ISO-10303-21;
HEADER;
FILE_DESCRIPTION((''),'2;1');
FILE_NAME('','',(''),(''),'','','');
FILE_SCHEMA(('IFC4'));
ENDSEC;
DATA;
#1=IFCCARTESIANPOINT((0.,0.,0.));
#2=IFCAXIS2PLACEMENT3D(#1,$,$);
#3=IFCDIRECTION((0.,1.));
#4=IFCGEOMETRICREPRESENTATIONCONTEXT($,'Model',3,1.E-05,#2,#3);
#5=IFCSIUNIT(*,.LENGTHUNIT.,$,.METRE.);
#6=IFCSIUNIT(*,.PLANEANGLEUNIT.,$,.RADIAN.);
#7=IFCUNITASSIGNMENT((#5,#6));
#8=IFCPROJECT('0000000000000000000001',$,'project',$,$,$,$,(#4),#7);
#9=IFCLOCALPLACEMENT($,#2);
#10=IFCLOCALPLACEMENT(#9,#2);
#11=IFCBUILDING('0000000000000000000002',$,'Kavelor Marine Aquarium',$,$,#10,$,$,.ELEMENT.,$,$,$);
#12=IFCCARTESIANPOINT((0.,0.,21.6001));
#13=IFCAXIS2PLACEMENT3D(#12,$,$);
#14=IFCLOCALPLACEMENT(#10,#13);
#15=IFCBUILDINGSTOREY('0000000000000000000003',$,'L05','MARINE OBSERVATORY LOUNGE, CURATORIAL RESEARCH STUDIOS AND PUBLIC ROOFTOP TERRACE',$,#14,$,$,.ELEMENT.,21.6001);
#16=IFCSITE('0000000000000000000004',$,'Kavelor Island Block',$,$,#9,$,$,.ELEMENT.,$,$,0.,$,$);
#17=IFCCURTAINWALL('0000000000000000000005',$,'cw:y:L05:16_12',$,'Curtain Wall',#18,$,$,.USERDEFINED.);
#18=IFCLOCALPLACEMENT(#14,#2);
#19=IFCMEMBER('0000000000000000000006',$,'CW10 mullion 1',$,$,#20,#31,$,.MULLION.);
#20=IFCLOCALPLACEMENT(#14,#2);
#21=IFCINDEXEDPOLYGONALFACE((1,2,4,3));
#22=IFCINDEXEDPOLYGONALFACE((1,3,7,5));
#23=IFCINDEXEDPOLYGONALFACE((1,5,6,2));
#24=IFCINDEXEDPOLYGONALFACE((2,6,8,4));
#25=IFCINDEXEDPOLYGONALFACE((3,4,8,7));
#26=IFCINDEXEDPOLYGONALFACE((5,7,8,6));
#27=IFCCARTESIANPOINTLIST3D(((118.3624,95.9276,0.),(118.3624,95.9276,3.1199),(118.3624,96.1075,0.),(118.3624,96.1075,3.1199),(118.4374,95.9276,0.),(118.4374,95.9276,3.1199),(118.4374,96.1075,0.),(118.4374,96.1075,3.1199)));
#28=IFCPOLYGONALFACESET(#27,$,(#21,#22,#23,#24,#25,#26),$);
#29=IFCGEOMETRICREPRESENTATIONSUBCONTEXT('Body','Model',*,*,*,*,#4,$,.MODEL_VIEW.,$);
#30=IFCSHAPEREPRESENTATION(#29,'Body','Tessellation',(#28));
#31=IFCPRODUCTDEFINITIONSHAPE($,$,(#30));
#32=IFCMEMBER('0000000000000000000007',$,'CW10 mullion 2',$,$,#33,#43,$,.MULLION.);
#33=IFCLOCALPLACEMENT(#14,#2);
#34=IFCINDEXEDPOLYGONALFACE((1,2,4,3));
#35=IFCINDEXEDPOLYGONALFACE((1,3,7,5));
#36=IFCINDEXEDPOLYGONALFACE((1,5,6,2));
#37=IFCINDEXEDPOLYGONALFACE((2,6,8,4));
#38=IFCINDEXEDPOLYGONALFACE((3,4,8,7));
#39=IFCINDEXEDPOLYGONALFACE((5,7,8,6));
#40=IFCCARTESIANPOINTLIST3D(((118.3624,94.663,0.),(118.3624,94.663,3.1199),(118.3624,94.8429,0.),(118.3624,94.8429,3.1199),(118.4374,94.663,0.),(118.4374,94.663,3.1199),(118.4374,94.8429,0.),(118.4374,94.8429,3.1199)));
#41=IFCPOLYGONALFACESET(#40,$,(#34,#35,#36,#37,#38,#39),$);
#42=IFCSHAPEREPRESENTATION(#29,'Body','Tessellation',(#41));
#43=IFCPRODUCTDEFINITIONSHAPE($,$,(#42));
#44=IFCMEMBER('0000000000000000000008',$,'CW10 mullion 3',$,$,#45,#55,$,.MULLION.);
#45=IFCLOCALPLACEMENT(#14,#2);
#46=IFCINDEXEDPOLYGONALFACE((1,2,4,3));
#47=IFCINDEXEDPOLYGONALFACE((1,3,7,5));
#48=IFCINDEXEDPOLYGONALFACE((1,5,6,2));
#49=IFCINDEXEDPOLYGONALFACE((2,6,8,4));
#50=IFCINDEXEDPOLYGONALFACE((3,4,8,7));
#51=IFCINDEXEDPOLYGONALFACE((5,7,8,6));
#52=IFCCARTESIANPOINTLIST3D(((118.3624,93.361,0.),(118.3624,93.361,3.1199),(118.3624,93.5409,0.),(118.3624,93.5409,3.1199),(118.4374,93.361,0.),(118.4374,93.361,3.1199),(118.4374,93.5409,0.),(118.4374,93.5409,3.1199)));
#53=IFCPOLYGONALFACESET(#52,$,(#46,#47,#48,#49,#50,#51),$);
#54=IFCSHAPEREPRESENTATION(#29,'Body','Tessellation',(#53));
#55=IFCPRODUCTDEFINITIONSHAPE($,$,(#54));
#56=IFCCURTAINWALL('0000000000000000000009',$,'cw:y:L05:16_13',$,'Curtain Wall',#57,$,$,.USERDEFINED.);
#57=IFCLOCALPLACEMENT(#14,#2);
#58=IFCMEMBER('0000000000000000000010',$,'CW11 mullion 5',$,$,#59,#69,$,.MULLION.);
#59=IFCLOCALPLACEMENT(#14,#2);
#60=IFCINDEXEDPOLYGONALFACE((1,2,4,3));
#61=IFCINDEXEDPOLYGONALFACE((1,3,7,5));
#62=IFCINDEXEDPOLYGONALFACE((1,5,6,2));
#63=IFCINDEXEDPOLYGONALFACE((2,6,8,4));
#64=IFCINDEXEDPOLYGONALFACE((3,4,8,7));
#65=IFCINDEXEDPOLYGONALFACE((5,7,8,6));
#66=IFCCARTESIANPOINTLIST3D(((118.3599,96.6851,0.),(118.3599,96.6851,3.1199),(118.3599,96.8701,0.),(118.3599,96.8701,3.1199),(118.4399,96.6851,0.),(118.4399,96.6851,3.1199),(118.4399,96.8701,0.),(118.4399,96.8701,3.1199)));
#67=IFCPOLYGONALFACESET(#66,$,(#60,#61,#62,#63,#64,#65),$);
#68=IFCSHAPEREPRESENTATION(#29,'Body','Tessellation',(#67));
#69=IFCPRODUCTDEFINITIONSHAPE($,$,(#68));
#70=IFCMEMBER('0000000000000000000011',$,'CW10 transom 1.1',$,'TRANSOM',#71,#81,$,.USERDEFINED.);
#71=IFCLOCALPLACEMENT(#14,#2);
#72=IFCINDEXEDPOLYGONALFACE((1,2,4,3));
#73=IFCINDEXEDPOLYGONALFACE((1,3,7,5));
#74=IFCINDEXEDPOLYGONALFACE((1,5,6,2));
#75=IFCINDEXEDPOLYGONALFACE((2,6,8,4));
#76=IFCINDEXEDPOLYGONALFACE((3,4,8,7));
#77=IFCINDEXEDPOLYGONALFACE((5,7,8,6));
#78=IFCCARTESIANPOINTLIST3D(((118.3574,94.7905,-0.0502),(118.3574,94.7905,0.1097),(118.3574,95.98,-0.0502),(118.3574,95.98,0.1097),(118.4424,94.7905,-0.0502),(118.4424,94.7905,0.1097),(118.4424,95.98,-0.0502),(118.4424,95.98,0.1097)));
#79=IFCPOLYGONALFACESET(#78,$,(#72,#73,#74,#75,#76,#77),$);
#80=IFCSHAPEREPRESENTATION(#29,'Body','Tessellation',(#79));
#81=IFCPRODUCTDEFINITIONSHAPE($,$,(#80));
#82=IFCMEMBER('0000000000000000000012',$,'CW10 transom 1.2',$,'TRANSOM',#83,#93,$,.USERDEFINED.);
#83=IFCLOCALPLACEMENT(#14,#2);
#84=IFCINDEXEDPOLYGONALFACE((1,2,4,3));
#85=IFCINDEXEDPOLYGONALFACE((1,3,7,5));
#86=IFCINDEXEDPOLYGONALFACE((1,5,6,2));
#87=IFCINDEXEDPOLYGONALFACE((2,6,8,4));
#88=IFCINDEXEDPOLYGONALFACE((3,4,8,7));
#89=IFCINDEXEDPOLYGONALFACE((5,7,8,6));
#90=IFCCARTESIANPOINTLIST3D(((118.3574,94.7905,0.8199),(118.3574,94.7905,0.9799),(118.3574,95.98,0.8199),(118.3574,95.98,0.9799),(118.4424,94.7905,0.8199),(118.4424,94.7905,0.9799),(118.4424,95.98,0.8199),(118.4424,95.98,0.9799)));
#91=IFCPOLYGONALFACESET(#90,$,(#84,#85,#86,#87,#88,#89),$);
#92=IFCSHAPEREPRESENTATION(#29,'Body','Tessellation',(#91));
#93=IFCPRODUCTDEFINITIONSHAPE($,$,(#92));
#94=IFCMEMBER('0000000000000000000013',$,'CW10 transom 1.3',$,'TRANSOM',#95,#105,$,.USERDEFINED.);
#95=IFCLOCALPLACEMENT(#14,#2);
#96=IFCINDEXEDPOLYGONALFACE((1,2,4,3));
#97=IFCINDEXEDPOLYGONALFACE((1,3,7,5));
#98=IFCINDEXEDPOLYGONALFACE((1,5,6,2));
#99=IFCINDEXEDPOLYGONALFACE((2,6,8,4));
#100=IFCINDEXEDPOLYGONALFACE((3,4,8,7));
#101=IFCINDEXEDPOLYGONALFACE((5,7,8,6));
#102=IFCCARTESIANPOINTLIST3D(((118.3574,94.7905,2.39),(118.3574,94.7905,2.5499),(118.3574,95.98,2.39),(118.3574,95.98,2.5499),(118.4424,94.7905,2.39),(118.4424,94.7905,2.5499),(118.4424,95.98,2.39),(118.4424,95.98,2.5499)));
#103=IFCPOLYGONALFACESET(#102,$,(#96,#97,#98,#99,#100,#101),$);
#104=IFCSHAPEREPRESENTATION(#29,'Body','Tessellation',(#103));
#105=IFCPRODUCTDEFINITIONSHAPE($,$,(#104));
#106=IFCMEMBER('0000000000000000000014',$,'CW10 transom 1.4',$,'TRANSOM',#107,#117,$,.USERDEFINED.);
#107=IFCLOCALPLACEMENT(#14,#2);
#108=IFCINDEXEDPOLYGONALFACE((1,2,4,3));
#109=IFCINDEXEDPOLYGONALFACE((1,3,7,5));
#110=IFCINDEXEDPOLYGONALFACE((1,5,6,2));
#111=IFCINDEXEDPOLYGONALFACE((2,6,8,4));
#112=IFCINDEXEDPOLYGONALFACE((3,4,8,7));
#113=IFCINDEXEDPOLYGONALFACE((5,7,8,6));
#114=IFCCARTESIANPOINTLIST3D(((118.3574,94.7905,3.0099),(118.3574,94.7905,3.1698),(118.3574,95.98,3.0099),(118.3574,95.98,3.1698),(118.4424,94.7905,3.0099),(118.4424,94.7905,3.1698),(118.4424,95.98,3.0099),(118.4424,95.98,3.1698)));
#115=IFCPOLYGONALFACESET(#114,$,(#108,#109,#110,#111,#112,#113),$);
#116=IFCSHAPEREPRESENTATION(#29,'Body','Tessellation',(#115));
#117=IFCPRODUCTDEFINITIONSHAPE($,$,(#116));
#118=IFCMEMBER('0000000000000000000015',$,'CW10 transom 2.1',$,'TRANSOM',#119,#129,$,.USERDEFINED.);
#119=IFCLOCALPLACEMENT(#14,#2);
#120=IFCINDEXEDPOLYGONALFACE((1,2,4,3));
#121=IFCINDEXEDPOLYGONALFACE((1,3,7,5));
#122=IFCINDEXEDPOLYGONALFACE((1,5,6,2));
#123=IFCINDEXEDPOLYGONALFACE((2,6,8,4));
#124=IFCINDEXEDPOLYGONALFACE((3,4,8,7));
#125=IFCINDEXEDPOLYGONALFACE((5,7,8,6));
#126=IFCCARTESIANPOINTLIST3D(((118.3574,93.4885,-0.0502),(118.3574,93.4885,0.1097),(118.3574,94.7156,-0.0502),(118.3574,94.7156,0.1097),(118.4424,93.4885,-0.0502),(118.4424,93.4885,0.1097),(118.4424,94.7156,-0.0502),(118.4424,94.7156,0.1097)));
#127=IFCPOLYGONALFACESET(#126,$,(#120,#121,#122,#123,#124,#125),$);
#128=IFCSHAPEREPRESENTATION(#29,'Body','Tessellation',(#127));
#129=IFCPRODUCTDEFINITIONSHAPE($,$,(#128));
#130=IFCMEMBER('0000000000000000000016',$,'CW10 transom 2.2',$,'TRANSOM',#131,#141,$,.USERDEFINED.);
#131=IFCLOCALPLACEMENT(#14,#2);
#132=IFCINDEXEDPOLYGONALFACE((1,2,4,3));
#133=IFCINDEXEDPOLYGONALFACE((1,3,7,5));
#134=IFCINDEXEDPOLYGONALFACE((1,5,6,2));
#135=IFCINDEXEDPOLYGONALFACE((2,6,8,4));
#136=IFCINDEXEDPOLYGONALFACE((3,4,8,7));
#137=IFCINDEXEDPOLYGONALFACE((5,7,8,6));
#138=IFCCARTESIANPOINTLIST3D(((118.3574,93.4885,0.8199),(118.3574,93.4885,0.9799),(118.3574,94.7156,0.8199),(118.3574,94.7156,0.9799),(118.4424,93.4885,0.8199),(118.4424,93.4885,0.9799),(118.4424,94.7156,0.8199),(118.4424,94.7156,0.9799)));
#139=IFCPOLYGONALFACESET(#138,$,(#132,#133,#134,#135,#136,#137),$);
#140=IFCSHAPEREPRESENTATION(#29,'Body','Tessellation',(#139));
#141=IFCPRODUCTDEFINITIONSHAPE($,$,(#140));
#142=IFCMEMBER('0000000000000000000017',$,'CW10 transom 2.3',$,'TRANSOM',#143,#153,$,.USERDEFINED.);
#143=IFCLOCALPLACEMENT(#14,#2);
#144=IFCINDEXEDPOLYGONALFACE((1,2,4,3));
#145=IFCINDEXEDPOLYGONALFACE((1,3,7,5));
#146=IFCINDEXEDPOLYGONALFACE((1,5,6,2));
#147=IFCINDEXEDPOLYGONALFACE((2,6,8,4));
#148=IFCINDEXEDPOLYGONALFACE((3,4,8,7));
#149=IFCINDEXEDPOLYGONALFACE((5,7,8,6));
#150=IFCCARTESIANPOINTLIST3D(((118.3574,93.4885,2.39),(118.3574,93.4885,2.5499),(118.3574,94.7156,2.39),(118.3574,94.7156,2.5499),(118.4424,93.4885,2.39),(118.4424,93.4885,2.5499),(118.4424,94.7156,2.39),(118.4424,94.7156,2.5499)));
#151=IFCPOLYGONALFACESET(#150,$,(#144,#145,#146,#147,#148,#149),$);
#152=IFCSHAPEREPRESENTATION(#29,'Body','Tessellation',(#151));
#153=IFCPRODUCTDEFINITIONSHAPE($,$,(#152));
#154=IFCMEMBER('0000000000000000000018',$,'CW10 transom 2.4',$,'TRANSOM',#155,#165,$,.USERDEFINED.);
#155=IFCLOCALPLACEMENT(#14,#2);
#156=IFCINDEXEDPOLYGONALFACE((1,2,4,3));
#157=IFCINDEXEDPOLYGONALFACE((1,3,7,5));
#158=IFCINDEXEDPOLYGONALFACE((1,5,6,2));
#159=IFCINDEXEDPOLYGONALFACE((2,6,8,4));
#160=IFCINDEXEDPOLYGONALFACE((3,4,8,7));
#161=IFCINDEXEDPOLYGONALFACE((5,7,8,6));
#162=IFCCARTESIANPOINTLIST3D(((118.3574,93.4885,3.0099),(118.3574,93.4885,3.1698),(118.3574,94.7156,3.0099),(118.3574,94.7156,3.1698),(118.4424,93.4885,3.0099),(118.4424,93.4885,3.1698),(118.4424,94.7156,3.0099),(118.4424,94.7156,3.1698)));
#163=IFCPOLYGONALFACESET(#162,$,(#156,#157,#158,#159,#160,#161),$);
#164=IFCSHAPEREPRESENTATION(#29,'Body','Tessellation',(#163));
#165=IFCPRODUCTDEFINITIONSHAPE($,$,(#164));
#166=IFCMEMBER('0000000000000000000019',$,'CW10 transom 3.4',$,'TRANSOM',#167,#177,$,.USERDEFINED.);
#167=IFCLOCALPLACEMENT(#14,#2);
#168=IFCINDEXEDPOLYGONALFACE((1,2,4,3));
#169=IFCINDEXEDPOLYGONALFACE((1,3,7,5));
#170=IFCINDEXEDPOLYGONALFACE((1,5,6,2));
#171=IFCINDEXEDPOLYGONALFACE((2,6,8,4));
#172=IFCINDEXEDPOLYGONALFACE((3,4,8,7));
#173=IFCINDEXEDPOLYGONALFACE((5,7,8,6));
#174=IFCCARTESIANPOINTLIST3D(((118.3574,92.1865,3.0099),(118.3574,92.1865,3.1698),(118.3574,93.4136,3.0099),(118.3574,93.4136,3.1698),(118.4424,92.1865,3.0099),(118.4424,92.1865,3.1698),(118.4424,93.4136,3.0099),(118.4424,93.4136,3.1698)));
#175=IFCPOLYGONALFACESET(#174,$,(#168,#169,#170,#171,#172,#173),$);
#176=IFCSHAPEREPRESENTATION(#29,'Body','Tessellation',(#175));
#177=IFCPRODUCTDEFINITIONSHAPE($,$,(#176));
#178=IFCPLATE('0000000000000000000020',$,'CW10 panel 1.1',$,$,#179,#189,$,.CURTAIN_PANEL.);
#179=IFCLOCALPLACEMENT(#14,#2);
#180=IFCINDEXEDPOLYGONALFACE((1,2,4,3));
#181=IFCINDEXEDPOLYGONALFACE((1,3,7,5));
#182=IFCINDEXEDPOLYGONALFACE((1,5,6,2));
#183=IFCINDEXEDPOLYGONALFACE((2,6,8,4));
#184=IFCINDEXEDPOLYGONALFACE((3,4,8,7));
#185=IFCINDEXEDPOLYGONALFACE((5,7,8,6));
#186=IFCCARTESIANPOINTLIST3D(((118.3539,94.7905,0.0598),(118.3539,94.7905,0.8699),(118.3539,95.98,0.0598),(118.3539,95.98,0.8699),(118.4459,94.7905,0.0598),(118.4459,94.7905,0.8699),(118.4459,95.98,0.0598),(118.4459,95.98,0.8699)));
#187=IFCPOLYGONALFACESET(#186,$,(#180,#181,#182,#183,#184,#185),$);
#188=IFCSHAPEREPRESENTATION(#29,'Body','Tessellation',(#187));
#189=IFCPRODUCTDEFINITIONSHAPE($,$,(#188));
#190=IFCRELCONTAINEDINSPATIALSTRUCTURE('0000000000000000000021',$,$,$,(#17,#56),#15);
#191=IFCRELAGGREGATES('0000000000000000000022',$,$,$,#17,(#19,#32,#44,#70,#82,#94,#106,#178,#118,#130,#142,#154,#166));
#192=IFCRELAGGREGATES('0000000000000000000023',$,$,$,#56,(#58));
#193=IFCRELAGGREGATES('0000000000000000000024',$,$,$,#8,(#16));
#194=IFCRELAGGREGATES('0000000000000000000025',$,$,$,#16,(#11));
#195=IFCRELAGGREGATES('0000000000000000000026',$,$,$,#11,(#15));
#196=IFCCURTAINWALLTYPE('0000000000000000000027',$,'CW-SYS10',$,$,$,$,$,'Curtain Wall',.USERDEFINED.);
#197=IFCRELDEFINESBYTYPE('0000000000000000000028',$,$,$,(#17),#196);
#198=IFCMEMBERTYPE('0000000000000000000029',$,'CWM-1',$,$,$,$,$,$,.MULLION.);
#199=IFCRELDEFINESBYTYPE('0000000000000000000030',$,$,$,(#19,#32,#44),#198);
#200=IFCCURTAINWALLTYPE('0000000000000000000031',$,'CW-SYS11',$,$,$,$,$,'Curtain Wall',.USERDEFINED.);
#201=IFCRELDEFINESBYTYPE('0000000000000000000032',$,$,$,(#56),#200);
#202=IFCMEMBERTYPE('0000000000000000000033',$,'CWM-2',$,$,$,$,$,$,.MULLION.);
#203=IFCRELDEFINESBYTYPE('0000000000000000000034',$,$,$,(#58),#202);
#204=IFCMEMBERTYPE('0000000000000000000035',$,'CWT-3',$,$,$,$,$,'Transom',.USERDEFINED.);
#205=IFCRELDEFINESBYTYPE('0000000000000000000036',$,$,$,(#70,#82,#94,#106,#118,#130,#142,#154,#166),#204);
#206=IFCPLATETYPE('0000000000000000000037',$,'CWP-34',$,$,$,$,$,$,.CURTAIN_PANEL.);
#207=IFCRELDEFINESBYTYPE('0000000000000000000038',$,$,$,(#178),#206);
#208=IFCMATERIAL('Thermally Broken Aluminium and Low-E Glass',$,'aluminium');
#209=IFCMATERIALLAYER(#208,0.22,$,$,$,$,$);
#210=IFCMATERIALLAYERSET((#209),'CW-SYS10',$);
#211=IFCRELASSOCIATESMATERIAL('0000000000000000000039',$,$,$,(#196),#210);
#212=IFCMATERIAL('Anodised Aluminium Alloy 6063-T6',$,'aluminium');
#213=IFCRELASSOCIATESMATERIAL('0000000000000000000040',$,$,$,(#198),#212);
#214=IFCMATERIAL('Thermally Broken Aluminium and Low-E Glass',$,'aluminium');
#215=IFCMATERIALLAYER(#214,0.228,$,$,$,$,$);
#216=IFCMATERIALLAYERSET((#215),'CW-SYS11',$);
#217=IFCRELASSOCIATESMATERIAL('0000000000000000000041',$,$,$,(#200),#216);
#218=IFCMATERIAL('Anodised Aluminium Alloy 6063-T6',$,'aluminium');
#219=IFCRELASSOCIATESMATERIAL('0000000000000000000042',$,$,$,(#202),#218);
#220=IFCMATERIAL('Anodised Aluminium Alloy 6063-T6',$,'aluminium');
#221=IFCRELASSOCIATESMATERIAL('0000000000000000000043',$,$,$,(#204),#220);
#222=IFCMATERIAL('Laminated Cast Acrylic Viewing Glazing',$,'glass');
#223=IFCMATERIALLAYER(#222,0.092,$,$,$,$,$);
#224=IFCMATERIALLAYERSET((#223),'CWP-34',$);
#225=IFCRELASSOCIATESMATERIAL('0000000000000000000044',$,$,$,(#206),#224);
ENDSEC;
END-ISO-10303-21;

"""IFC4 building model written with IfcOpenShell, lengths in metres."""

from ifc_helpers import new_model, si_unit, direction, frame, origin, origin_2d, place, context, subcontext, project, spatial, rectangle, extrude, material, layer, layer_set, material_profile, profile_set, type_object, element, aggregate, save


model = new_model("IFC4")

# Units and contexts
model_context = context("Model", 3, precision=1e-05, world=origin(), true_north=direction((0.0, 1.0)))
body_context = subcontext(model_context, "Body", "Model", "MODEL_VIEW")
ifc_project = project(units=[si_unit("LENGTHUNIT", "METRE"), si_unit("PLANEANGLEUNIT", "RADIAN")], contexts=[model_context])

# Site, building, storey
site_placement = place(None, origin())
site = spatial("IfcSite", under=ifc_project, at=site_placement, Name="Kavelor Island Block", CompositionType="ELEMENT", RefElevation=0.0)
building_placement = place(site_placement, origin())
building = spatial("IfcBuilding", under=site, at=building_placement, Name="Kavelor Marine Aquarium", CompositionType="ELEMENT")
storey_placement = place(building_placement, frame((0.0, 0.0, 21.6001)))
storey = spatial("IfcBuildingStorey", under=building, at=storey_placement, Name="L05", Description="MARINE OBSERVATORY LOUNGE, CURATORIAL RESEARCH STUDIOS AND PUBLIC ROOFTOP TERRACE", CompositionType="ELEMENT", Elevation=21.6001)

# Curtain wall, members
ifc_material_1 = material(Name="Thermally Broken Aluminium and Low-E Glass", Category="aluminium")
ifc_layer_1 = layer(ifc_material_1, 0.22)
ifc_layer_set_1 = layer_set([ifc_layer_1], Name="CW-SYS10")
curtain_wall_type_1 = type_object("IfcCurtainWallType", Name="CW-SYS10", ElementType="Curtain Wall", PredefinedType="USERDEFINED", material=ifc_layer_set_1)
curtain_wall_1_placement = place(storey_placement, origin())
curtain_wall_1 = element("IfcCurtainWall", 1, at=curtain_wall_1_placement, inside=storey, type_object=curtain_wall_type_1, Name="cw:y:L05:16_12", ObjectType="Curtain Wall", PredefinedType="USERDEFINED")
ifc_material_2 = material(Name="Anodised Aluminium Alloy 6063-T6", Category="aluminium")
ifc_material_profile_1 = material_profile(ifc_material_2, rectangle(XDim=0.075, YDim=0.1799, at=origin_2d()), Name="CW-MUL 75x180")
ifc_profile_set_1 = profile_set([ifc_material_profile_1], Name="Anodised Aluminium Alloy 6063-T6")
member_type_1 = type_object("IfcMemberType", Name="CWM-1", PredefinedType="MULLION", material=ifc_profile_set_1)
member_1_placement = place(storey_placement, frame((118.3999, 96.0176, 0.0), z_axis=(0.0, 0.0, 1.0), x_axis=(1.0, 0.0, 0.0)))
member_1 = element("IfcMember", 2, at=member_1_placement, type_object=member_type_1, Name="CW10 mullion 1", PredefinedType="MULLION", context=body_context, shape_type="SweptSolid", body=[
    extrude(rectangle(XDim=0.075, YDim=0.1799, at=origin_2d()), origin(), (0.0, 0.0, 1.0), 3.1199),
])
member_2_placement = place(storey_placement, frame((118.3999, 94.7529, 0.0), z_axis=(0.0, 0.0, 1.0), x_axis=(1.0, 0.0, 0.0)))
member_2 = element("IfcMember", 3, at=member_2_placement, type_object=member_type_1, Name="CW10 mullion 2", PredefinedType="MULLION", context=body_context, shape_type="SweptSolid", body=[
    extrude(rectangle(XDim=0.075, YDim=0.1799, at=origin_2d()), origin(), (0.0, 0.0, 1.0), 3.1199),
])
member_3_placement = place(storey_placement, frame((118.3999, 93.4509, 0.0), z_axis=(0.0, 0.0, 1.0), x_axis=(1.0, 0.0, 0.0)))
member_3 = element("IfcMember", 4, at=member_3_placement, type_object=member_type_1, Name="CW10 mullion 3", PredefinedType="MULLION", context=body_context, shape_type="SweptSolid", body=[
    extrude(rectangle(XDim=0.075, YDim=0.1799, at=origin_2d()), origin(), (0.0, 0.0, 1.0), 3.1199),
])

# Curtain wall, member
ifc_material_3 = material(Name="Thermally Broken Aluminium and Low-E Glass", Category="aluminium")
ifc_layer_2 = layer(ifc_material_3, 0.228)
ifc_layer_set_2 = layer_set([ifc_layer_2], Name="CW-SYS11")
curtain_wall_type_2 = type_object("IfcCurtainWallType", Name="CW-SYS11", ElementType="Curtain Wall", PredefinedType="USERDEFINED", material=ifc_layer_set_2)
curtain_wall_2_placement = place(storey_placement, origin())
curtain_wall_2 = element("IfcCurtainWall", 5, at=curtain_wall_2_placement, inside=storey, type_object=curtain_wall_type_2, Name="cw:y:L05:16_13", ObjectType="Curtain Wall", PredefinedType="USERDEFINED")
ifc_material_4 = material(Name="Anodised Aluminium Alloy 6063-T6", Category="aluminium")
ifc_material_profile_2 = material_profile(ifc_material_4, rectangle(XDim=0.0801, YDim=0.1851, at=origin_2d()), Name="CW-MUL 80x185")
ifc_profile_set_2 = profile_set([ifc_material_profile_2], Name="Anodised Aluminium Alloy 6063-T6")
member_type_2 = type_object("IfcMemberType", Name="CWM-2", PredefinedType="MULLION", material=ifc_profile_set_2)
member_4_placement = place(storey_placement, frame((118.3999, 96.7776, 0.0), z_axis=(0.0, 0.0, 1.0), x_axis=(1.0, 0.0, 0.0)))
member_4 = element("IfcMember", 6, at=member_4_placement, type_object=member_type_2, Name="CW11 mullion 5", PredefinedType="MULLION", context=body_context, shape_type="SweptSolid", body=[
    extrude(rectangle(XDim=0.0801, YDim=0.1851, at=origin_2d()), origin(), (0.0, 0.0, 1.0), 3.1199),
])

# Members
ifc_material_5 = material(Name="Anodised Aluminium Alloy 6063-T6", Category="aluminium")
ifc_material_profile_3 = material_profile(ifc_material_5, rectangle(XDim=0.085, YDim=0.1599, at=origin_2d()), Name="CW-TRN 85x160")
ifc_profile_set_3 = profile_set([ifc_material_profile_3], Name="Anodised Aluminium Alloy 6063-T6")
member_type_3 = type_object("IfcMemberType", Name="CWT-3", ElementType="Transom", PredefinedType="USERDEFINED", material=ifc_profile_set_3)
member_5_placement = place(storey_placement, frame((118.3999, 95.98, 0.0298), z_axis=(0.0, -1.0, 0.0), x_axis=(1.0, 0.0, 0.0)))
member_5 = element("IfcMember", 7, at=member_5_placement, type_object=member_type_3, Name="CW10 transom 1.1", ObjectType="TRANSOM", PredefinedType="USERDEFINED", context=body_context, shape_type="SweptSolid", body=[
    extrude(rectangle(XDim=0.085, YDim=0.1599, at=origin_2d()), origin(), (0.0, 0.0, 1.0), 1.1895),
])
member_6_placement = place(storey_placement, frame((118.3999, 95.98, 0.8999), z_axis=(0.0, -1.0, 0.0), x_axis=(1.0, 0.0, 0.0)))
member_6 = element("IfcMember", 8, at=member_6_placement, type_object=member_type_3, Name="CW10 transom 1.2", ObjectType="TRANSOM", PredefinedType="USERDEFINED", context=body_context, shape_type="SweptSolid", body=[
    extrude(rectangle(XDim=0.085, YDim=0.1599, at=origin_2d()), origin(), (0.0, 0.0, 1.0), 1.1895),
])
member_7_placement = place(storey_placement, frame((118.3999, 95.98, 2.47), z_axis=(0.0, -1.0, 0.0), x_axis=(1.0, 0.0, 0.0)))
member_7 = element("IfcMember", 9, at=member_7_placement, type_object=member_type_3, Name="CW10 transom 1.3", ObjectType="TRANSOM", PredefinedType="USERDEFINED", context=body_context, shape_type="SweptSolid", body=[
    extrude(rectangle(XDim=0.085, YDim=0.1599, at=origin_2d()), origin(), (0.0, 0.0, 1.0), 1.1895),
])
member_8_placement = place(storey_placement, frame((118.3999, 95.98, 3.0898), z_axis=(0.0, -1.0, 0.0), x_axis=(1.0, 0.0, 0.0)))
member_8 = element("IfcMember", 10, at=member_8_placement, type_object=member_type_3, Name="CW10 transom 1.4", ObjectType="TRANSOM", PredefinedType="USERDEFINED", context=body_context, shape_type="SweptSolid", body=[
    extrude(rectangle(XDim=0.085, YDim=0.1599, at=origin_2d()), origin(), (0.0, 0.0, 1.0), 1.1895),
])
member_9_placement = place(storey_placement, frame((118.3999, 94.7156, 0.0298), z_axis=(0.0, -1.0, 0.0), x_axis=(1.0, 0.0, 0.0)))
member_9 = element("IfcMember", 11, at=member_9_placement, type_object=member_type_3, Name="CW10 transom 2.1", ObjectType="TRANSOM", PredefinedType="USERDEFINED", context=body_context, shape_type="SweptSolid", body=[
    extrude(rectangle(XDim=0.085, YDim=0.1599, at=origin_2d()), origin(), (0.0, 0.0, 1.0), 1.2271),
])
member_10_placement = place(storey_placement, frame((118.3999, 94.7156, 0.8999), z_axis=(0.0, -1.0, 0.0), x_axis=(1.0, 0.0, 0.0)))
member_10 = element("IfcMember", 12, at=member_10_placement, type_object=member_type_3, Name="CW10 transom 2.2", ObjectType="TRANSOM", PredefinedType="USERDEFINED", context=body_context, shape_type="SweptSolid", body=[
    extrude(rectangle(XDim=0.085, YDim=0.1599, at=origin_2d()), origin(), (0.0, 0.0, 1.0), 1.2271),
])
member_11_placement = place(storey_placement, frame((118.3999, 94.7156, 2.47), z_axis=(0.0, -1.0, 0.0), x_axis=(1.0, 0.0, 0.0)))
member_11 = element("IfcMember", 13, at=member_11_placement, type_object=member_type_3, Name="CW10 transom 2.3", ObjectType="TRANSOM", PredefinedType="USERDEFINED", context=body_context, shape_type="SweptSolid", body=[
    extrude(rectangle(XDim=0.085, YDim=0.1599, at=origin_2d()), origin(), (0.0, 0.0, 1.0), 1.2271),
])
member_12_placement = place(storey_placement, frame((118.3999, 94.7156, 3.0898), z_axis=(0.0, -1.0, 0.0), x_axis=(1.0, 0.0, 0.0)))
member_12 = element("IfcMember", 14, at=member_12_placement, type_object=member_type_3, Name="CW10 transom 2.4", ObjectType="TRANSOM", PredefinedType="USERDEFINED", context=body_context, shape_type="SweptSolid", body=[
    extrude(rectangle(XDim=0.085, YDim=0.1599, at=origin_2d()), origin(), (0.0, 0.0, 1.0), 1.2271),
])
member_13_placement = place(storey_placement, frame((118.3999, 93.4136, 3.0898), z_axis=(0.0, -1.0, 0.0), x_axis=(1.0, 0.0, 0.0)))
member_13 = element("IfcMember", 15, at=member_13_placement, type_object=member_type_3, Name="CW10 transom 3.4", ObjectType="TRANSOM", PredefinedType="USERDEFINED", context=body_context, shape_type="SweptSolid", body=[
    extrude(rectangle(XDim=0.085, YDim=0.1599, at=origin_2d()), origin(), (0.0, 0.0, 1.0), 1.2271),
])

# Plate
ifc_material_6 = material(Name="Laminated Cast Acrylic Viewing Glazing", Category="glass")
ifc_layer_3 = layer(ifc_material_6, 0.092)
ifc_layer_set_3 = layer_set([ifc_layer_3], Name="CWP-34")
plate_type_1 = type_object("IfcPlateType", Name="CWP-34", PredefinedType="CURTAIN_PANEL", material=ifc_layer_set_3)
plate_1_placement = place(storey_placement, frame((118.3999, 95.3853, 0.0598), z_axis=(0.0, 0.0, 1.0), x_axis=(0.0, -1.0, 0.0)))
plate_1 = element("IfcPlate", 16, at=plate_1_placement, type_object=plate_type_1, Name="CW10 panel 1.1", PredefinedType="CURTAIN_PANEL", context=body_context, shape_type="SweptSolid", body=[
    extrude(rectangle(XDim=1.1895, YDim=0.092, at=origin_2d()), origin(), (0.0, 0.0, 1.0), 0.8101),
])
aggregate(curtain_wall_1, [member_1, member_2, member_3, member_5, member_6, member_7, member_8, plate_1, member_9, member_10, member_11, member_12, member_13])
aggregate(curtain_wall_2, [member_4])

save(model, "model.ifc")
